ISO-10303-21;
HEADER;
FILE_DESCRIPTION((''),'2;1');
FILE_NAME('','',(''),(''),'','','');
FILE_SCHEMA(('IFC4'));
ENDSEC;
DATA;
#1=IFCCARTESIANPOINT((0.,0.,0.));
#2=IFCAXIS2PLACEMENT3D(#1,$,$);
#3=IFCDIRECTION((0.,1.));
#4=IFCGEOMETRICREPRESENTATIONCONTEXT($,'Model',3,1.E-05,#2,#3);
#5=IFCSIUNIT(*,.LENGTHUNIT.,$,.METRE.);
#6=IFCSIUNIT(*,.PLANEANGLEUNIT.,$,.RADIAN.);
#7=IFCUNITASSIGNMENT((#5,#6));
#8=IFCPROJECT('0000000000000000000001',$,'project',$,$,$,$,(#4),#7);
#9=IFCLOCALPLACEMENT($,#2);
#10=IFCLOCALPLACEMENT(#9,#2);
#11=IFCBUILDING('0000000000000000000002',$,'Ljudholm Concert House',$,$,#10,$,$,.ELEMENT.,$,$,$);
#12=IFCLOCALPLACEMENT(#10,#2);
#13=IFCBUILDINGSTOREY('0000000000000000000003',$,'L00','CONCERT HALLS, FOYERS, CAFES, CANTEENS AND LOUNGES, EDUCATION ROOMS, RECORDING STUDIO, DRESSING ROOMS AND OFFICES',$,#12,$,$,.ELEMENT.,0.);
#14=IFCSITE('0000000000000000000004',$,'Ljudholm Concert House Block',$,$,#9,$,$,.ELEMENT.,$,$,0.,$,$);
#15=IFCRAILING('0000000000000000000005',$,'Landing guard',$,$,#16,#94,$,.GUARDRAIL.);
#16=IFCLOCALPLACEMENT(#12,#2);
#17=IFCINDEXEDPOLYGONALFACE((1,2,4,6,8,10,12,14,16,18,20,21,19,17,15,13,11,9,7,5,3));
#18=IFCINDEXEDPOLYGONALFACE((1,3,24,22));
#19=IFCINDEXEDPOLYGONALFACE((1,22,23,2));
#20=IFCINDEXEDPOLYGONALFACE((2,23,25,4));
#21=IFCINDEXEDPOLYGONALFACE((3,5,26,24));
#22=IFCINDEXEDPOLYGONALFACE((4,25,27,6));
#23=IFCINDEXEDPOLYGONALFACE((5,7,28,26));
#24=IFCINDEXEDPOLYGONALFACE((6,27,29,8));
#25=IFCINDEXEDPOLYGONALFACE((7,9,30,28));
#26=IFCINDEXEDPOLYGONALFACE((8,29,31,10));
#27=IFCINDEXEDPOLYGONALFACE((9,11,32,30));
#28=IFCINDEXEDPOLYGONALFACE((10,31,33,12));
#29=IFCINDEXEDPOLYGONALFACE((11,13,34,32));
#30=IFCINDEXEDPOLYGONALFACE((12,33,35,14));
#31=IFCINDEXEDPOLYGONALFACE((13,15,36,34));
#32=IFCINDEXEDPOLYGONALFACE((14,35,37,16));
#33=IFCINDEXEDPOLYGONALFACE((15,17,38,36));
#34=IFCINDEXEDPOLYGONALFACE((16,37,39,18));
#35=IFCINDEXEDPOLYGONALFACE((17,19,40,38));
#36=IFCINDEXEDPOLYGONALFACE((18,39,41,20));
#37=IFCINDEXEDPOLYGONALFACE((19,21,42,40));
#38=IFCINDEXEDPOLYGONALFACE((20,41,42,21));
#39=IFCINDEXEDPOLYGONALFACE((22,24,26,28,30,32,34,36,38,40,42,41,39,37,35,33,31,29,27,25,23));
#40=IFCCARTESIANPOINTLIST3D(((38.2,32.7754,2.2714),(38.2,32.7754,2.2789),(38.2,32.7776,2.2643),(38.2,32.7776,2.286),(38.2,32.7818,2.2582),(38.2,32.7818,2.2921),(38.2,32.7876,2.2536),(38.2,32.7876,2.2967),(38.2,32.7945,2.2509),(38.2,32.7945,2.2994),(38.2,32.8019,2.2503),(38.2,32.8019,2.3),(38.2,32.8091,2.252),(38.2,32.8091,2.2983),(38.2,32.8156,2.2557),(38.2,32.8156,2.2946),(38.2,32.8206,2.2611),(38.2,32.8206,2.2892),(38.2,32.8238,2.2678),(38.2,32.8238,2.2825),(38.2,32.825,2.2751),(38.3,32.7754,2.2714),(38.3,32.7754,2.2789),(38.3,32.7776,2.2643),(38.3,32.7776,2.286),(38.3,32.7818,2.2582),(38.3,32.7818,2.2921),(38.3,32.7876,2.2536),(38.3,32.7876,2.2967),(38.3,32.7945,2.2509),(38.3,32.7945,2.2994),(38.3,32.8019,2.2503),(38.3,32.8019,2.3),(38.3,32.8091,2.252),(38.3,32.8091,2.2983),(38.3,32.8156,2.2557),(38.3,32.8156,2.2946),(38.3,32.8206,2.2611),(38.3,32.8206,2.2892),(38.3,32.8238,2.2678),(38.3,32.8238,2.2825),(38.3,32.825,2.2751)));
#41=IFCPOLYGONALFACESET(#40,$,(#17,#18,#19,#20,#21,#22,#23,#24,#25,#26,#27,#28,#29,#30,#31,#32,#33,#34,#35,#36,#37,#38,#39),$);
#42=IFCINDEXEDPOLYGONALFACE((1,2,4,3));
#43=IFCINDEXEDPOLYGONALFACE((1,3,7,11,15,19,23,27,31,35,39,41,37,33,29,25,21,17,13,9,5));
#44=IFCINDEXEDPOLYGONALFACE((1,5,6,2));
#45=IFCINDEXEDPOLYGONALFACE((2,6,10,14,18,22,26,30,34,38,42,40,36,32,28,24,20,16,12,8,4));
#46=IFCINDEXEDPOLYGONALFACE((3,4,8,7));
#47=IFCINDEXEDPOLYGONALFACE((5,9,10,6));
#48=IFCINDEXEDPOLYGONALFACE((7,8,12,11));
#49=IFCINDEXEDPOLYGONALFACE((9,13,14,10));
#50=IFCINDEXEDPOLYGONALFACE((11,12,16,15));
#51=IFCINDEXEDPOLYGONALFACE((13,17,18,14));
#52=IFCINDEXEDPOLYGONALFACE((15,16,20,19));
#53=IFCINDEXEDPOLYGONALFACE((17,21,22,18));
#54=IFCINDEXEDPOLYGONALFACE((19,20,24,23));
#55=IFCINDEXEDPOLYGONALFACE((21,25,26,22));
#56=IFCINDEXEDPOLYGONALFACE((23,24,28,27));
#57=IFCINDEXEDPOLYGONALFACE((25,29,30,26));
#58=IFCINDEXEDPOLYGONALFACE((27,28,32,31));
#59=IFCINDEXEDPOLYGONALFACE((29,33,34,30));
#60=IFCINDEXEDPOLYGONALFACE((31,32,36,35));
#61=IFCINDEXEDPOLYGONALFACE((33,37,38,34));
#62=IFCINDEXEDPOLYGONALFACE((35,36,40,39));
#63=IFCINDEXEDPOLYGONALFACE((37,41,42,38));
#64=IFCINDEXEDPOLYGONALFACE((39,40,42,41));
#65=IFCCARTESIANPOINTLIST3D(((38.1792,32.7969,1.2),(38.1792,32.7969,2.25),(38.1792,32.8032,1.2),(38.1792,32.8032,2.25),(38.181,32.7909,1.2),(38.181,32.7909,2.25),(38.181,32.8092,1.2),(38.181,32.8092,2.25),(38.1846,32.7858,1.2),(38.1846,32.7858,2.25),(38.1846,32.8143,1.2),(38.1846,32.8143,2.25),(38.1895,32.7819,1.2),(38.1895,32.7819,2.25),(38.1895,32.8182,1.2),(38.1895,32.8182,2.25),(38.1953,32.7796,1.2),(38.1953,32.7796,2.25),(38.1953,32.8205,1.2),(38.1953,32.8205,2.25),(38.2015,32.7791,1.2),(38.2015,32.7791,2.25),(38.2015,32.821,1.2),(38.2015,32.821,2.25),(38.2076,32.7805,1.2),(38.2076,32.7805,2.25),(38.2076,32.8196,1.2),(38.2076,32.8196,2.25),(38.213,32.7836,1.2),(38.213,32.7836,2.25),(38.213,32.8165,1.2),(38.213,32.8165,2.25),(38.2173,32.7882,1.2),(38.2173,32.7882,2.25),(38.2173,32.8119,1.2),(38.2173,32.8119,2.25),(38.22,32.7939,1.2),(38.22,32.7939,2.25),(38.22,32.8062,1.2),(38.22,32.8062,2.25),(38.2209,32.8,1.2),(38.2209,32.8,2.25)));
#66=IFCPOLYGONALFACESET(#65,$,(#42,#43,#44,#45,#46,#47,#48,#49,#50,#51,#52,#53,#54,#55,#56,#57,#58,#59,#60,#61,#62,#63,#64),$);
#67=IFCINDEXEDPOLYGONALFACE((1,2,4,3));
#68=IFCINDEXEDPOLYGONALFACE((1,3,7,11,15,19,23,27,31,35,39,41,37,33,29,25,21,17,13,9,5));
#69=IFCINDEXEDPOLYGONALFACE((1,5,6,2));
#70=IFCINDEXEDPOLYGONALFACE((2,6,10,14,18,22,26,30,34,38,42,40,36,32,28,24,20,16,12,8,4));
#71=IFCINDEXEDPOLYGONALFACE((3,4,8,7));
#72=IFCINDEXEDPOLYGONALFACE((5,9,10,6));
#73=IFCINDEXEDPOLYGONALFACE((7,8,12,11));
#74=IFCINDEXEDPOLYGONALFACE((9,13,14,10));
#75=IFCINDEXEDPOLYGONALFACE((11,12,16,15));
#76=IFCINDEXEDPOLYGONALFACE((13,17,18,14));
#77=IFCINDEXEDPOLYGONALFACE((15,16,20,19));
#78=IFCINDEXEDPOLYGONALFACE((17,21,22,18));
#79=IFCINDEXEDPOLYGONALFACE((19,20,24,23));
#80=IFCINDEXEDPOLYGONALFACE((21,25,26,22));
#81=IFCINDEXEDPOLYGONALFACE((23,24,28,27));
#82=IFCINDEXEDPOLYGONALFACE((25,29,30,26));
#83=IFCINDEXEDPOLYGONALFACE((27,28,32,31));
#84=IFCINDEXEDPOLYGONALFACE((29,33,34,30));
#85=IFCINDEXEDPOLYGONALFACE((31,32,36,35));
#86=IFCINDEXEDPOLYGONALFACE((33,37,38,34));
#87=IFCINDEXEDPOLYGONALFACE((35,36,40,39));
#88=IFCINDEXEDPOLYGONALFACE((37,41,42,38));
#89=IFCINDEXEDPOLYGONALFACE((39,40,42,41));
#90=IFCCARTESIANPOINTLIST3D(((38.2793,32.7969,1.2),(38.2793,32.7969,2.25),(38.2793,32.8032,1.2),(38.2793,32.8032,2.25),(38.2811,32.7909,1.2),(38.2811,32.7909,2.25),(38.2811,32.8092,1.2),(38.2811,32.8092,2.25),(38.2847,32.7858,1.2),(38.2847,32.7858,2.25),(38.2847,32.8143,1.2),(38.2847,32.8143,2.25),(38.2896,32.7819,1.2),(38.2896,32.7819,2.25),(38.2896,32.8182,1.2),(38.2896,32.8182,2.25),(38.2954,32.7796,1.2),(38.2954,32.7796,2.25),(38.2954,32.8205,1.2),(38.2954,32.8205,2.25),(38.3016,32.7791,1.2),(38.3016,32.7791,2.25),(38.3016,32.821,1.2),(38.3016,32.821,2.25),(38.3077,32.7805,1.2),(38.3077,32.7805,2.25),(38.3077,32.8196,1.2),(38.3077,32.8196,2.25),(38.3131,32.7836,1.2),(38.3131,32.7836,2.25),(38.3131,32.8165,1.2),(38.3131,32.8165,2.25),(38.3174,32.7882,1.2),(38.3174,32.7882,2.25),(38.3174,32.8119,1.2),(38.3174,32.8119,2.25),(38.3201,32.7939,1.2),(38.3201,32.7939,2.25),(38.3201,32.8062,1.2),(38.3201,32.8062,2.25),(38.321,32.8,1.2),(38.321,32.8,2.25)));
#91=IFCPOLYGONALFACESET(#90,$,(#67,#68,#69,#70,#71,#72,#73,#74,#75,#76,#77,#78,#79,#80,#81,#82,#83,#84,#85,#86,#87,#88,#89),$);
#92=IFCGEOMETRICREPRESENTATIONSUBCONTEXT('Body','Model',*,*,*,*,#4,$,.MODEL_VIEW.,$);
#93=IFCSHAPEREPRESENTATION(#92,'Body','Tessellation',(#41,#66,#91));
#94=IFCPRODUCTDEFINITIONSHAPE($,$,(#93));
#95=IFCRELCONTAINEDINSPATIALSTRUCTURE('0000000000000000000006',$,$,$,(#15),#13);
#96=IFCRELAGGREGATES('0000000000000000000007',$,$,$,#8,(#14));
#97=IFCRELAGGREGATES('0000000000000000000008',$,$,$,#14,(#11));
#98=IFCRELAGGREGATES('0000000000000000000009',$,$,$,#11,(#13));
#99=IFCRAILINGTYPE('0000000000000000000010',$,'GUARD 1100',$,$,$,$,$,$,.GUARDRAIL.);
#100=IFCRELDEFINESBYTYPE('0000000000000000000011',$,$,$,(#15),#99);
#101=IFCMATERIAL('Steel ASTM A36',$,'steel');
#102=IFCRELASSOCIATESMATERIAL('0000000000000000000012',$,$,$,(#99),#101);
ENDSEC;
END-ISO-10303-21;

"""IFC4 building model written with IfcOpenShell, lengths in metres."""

from ifc_helpers import new_model, si_unit, direction, frame, origin, origin_2d, place, context, subcontext, project, spatial, circle, extrude, material, type_object, element, save


model = new_model("IFC4")

# Units and contexts
model_context = context("Model", 3, precision=1e-05, world=origin(), true_north=direction((0.0, 1.0)))
body_context = subcontext(model_context, "Body", "Model", "MODEL_VIEW")
ifc_project = project(units=[si_unit("LENGTHUNIT", "METRE"), si_unit("PLANEANGLEUNIT", "RADIAN")], contexts=[model_context])

# Site, building, storey
site_placement = place(None, origin())
site = spatial("IfcSite", under=ifc_project, at=site_placement, Name="Ljudholm Concert House Block", CompositionType="ELEMENT", RefElevation=0.0)
building_placement = place(site_placement, origin())
building = spatial("IfcBuilding", under=site, at=building_placement, Name="Ljudholm Concert House", CompositionType="ELEMENT")
storey_placement = place(building_placement, origin())
storey = spatial("IfcBuildingStorey", under=building, at=storey_placement, Name="L00", Description="CONCERT HALLS, FOYERS, CAFES, CANTEENS AND LOUNGES, EDUCATION ROOMS, RECORDING STUDIO, DRESSING ROOMS AND OFFICES", CompositionType="ELEMENT", Elevation=0.0)

# Railing
ifc_material_1 = material(Name="Steel ASTM A36", Category="steel")
railing_type_1 = type_object("IfcRailingType", Name="GUARD 1100", PredefinedType="GUARDRAIL", material=ifc_material_1)
railing_1_placement = place(storey_placement, frame((38.2, 32.8, 1.2)))
element("IfcRailing", 1, at=railing_1_placement, inside=storey, type_object=railing_type_1, Name="Landing guard", PredefinedType="GUARDRAIL", context=body_context, shape_type="SweptSolid", body=[
    extrude(circle(Radius=0.0249, at=origin_2d()), frame((0.0, 0.0, 1.0752), z_axis=(1.0, 0.0, 0.0), x_axis=(0.0, 1.0, 0.0)), (0.0, 0.0, 1.0), 0.1001),
    extrude(circle(Radius=0.021, at=origin_2d()), origin(), (0.0, 0.0, 1.0), 1.05),
    extrude(circle(Radius=0.021, at=origin_2d()), frame((0.1001, 0.0, 0.0)), (0.0, 0.0, 1.0), 1.05),
])

save(model, "model.ifc")
